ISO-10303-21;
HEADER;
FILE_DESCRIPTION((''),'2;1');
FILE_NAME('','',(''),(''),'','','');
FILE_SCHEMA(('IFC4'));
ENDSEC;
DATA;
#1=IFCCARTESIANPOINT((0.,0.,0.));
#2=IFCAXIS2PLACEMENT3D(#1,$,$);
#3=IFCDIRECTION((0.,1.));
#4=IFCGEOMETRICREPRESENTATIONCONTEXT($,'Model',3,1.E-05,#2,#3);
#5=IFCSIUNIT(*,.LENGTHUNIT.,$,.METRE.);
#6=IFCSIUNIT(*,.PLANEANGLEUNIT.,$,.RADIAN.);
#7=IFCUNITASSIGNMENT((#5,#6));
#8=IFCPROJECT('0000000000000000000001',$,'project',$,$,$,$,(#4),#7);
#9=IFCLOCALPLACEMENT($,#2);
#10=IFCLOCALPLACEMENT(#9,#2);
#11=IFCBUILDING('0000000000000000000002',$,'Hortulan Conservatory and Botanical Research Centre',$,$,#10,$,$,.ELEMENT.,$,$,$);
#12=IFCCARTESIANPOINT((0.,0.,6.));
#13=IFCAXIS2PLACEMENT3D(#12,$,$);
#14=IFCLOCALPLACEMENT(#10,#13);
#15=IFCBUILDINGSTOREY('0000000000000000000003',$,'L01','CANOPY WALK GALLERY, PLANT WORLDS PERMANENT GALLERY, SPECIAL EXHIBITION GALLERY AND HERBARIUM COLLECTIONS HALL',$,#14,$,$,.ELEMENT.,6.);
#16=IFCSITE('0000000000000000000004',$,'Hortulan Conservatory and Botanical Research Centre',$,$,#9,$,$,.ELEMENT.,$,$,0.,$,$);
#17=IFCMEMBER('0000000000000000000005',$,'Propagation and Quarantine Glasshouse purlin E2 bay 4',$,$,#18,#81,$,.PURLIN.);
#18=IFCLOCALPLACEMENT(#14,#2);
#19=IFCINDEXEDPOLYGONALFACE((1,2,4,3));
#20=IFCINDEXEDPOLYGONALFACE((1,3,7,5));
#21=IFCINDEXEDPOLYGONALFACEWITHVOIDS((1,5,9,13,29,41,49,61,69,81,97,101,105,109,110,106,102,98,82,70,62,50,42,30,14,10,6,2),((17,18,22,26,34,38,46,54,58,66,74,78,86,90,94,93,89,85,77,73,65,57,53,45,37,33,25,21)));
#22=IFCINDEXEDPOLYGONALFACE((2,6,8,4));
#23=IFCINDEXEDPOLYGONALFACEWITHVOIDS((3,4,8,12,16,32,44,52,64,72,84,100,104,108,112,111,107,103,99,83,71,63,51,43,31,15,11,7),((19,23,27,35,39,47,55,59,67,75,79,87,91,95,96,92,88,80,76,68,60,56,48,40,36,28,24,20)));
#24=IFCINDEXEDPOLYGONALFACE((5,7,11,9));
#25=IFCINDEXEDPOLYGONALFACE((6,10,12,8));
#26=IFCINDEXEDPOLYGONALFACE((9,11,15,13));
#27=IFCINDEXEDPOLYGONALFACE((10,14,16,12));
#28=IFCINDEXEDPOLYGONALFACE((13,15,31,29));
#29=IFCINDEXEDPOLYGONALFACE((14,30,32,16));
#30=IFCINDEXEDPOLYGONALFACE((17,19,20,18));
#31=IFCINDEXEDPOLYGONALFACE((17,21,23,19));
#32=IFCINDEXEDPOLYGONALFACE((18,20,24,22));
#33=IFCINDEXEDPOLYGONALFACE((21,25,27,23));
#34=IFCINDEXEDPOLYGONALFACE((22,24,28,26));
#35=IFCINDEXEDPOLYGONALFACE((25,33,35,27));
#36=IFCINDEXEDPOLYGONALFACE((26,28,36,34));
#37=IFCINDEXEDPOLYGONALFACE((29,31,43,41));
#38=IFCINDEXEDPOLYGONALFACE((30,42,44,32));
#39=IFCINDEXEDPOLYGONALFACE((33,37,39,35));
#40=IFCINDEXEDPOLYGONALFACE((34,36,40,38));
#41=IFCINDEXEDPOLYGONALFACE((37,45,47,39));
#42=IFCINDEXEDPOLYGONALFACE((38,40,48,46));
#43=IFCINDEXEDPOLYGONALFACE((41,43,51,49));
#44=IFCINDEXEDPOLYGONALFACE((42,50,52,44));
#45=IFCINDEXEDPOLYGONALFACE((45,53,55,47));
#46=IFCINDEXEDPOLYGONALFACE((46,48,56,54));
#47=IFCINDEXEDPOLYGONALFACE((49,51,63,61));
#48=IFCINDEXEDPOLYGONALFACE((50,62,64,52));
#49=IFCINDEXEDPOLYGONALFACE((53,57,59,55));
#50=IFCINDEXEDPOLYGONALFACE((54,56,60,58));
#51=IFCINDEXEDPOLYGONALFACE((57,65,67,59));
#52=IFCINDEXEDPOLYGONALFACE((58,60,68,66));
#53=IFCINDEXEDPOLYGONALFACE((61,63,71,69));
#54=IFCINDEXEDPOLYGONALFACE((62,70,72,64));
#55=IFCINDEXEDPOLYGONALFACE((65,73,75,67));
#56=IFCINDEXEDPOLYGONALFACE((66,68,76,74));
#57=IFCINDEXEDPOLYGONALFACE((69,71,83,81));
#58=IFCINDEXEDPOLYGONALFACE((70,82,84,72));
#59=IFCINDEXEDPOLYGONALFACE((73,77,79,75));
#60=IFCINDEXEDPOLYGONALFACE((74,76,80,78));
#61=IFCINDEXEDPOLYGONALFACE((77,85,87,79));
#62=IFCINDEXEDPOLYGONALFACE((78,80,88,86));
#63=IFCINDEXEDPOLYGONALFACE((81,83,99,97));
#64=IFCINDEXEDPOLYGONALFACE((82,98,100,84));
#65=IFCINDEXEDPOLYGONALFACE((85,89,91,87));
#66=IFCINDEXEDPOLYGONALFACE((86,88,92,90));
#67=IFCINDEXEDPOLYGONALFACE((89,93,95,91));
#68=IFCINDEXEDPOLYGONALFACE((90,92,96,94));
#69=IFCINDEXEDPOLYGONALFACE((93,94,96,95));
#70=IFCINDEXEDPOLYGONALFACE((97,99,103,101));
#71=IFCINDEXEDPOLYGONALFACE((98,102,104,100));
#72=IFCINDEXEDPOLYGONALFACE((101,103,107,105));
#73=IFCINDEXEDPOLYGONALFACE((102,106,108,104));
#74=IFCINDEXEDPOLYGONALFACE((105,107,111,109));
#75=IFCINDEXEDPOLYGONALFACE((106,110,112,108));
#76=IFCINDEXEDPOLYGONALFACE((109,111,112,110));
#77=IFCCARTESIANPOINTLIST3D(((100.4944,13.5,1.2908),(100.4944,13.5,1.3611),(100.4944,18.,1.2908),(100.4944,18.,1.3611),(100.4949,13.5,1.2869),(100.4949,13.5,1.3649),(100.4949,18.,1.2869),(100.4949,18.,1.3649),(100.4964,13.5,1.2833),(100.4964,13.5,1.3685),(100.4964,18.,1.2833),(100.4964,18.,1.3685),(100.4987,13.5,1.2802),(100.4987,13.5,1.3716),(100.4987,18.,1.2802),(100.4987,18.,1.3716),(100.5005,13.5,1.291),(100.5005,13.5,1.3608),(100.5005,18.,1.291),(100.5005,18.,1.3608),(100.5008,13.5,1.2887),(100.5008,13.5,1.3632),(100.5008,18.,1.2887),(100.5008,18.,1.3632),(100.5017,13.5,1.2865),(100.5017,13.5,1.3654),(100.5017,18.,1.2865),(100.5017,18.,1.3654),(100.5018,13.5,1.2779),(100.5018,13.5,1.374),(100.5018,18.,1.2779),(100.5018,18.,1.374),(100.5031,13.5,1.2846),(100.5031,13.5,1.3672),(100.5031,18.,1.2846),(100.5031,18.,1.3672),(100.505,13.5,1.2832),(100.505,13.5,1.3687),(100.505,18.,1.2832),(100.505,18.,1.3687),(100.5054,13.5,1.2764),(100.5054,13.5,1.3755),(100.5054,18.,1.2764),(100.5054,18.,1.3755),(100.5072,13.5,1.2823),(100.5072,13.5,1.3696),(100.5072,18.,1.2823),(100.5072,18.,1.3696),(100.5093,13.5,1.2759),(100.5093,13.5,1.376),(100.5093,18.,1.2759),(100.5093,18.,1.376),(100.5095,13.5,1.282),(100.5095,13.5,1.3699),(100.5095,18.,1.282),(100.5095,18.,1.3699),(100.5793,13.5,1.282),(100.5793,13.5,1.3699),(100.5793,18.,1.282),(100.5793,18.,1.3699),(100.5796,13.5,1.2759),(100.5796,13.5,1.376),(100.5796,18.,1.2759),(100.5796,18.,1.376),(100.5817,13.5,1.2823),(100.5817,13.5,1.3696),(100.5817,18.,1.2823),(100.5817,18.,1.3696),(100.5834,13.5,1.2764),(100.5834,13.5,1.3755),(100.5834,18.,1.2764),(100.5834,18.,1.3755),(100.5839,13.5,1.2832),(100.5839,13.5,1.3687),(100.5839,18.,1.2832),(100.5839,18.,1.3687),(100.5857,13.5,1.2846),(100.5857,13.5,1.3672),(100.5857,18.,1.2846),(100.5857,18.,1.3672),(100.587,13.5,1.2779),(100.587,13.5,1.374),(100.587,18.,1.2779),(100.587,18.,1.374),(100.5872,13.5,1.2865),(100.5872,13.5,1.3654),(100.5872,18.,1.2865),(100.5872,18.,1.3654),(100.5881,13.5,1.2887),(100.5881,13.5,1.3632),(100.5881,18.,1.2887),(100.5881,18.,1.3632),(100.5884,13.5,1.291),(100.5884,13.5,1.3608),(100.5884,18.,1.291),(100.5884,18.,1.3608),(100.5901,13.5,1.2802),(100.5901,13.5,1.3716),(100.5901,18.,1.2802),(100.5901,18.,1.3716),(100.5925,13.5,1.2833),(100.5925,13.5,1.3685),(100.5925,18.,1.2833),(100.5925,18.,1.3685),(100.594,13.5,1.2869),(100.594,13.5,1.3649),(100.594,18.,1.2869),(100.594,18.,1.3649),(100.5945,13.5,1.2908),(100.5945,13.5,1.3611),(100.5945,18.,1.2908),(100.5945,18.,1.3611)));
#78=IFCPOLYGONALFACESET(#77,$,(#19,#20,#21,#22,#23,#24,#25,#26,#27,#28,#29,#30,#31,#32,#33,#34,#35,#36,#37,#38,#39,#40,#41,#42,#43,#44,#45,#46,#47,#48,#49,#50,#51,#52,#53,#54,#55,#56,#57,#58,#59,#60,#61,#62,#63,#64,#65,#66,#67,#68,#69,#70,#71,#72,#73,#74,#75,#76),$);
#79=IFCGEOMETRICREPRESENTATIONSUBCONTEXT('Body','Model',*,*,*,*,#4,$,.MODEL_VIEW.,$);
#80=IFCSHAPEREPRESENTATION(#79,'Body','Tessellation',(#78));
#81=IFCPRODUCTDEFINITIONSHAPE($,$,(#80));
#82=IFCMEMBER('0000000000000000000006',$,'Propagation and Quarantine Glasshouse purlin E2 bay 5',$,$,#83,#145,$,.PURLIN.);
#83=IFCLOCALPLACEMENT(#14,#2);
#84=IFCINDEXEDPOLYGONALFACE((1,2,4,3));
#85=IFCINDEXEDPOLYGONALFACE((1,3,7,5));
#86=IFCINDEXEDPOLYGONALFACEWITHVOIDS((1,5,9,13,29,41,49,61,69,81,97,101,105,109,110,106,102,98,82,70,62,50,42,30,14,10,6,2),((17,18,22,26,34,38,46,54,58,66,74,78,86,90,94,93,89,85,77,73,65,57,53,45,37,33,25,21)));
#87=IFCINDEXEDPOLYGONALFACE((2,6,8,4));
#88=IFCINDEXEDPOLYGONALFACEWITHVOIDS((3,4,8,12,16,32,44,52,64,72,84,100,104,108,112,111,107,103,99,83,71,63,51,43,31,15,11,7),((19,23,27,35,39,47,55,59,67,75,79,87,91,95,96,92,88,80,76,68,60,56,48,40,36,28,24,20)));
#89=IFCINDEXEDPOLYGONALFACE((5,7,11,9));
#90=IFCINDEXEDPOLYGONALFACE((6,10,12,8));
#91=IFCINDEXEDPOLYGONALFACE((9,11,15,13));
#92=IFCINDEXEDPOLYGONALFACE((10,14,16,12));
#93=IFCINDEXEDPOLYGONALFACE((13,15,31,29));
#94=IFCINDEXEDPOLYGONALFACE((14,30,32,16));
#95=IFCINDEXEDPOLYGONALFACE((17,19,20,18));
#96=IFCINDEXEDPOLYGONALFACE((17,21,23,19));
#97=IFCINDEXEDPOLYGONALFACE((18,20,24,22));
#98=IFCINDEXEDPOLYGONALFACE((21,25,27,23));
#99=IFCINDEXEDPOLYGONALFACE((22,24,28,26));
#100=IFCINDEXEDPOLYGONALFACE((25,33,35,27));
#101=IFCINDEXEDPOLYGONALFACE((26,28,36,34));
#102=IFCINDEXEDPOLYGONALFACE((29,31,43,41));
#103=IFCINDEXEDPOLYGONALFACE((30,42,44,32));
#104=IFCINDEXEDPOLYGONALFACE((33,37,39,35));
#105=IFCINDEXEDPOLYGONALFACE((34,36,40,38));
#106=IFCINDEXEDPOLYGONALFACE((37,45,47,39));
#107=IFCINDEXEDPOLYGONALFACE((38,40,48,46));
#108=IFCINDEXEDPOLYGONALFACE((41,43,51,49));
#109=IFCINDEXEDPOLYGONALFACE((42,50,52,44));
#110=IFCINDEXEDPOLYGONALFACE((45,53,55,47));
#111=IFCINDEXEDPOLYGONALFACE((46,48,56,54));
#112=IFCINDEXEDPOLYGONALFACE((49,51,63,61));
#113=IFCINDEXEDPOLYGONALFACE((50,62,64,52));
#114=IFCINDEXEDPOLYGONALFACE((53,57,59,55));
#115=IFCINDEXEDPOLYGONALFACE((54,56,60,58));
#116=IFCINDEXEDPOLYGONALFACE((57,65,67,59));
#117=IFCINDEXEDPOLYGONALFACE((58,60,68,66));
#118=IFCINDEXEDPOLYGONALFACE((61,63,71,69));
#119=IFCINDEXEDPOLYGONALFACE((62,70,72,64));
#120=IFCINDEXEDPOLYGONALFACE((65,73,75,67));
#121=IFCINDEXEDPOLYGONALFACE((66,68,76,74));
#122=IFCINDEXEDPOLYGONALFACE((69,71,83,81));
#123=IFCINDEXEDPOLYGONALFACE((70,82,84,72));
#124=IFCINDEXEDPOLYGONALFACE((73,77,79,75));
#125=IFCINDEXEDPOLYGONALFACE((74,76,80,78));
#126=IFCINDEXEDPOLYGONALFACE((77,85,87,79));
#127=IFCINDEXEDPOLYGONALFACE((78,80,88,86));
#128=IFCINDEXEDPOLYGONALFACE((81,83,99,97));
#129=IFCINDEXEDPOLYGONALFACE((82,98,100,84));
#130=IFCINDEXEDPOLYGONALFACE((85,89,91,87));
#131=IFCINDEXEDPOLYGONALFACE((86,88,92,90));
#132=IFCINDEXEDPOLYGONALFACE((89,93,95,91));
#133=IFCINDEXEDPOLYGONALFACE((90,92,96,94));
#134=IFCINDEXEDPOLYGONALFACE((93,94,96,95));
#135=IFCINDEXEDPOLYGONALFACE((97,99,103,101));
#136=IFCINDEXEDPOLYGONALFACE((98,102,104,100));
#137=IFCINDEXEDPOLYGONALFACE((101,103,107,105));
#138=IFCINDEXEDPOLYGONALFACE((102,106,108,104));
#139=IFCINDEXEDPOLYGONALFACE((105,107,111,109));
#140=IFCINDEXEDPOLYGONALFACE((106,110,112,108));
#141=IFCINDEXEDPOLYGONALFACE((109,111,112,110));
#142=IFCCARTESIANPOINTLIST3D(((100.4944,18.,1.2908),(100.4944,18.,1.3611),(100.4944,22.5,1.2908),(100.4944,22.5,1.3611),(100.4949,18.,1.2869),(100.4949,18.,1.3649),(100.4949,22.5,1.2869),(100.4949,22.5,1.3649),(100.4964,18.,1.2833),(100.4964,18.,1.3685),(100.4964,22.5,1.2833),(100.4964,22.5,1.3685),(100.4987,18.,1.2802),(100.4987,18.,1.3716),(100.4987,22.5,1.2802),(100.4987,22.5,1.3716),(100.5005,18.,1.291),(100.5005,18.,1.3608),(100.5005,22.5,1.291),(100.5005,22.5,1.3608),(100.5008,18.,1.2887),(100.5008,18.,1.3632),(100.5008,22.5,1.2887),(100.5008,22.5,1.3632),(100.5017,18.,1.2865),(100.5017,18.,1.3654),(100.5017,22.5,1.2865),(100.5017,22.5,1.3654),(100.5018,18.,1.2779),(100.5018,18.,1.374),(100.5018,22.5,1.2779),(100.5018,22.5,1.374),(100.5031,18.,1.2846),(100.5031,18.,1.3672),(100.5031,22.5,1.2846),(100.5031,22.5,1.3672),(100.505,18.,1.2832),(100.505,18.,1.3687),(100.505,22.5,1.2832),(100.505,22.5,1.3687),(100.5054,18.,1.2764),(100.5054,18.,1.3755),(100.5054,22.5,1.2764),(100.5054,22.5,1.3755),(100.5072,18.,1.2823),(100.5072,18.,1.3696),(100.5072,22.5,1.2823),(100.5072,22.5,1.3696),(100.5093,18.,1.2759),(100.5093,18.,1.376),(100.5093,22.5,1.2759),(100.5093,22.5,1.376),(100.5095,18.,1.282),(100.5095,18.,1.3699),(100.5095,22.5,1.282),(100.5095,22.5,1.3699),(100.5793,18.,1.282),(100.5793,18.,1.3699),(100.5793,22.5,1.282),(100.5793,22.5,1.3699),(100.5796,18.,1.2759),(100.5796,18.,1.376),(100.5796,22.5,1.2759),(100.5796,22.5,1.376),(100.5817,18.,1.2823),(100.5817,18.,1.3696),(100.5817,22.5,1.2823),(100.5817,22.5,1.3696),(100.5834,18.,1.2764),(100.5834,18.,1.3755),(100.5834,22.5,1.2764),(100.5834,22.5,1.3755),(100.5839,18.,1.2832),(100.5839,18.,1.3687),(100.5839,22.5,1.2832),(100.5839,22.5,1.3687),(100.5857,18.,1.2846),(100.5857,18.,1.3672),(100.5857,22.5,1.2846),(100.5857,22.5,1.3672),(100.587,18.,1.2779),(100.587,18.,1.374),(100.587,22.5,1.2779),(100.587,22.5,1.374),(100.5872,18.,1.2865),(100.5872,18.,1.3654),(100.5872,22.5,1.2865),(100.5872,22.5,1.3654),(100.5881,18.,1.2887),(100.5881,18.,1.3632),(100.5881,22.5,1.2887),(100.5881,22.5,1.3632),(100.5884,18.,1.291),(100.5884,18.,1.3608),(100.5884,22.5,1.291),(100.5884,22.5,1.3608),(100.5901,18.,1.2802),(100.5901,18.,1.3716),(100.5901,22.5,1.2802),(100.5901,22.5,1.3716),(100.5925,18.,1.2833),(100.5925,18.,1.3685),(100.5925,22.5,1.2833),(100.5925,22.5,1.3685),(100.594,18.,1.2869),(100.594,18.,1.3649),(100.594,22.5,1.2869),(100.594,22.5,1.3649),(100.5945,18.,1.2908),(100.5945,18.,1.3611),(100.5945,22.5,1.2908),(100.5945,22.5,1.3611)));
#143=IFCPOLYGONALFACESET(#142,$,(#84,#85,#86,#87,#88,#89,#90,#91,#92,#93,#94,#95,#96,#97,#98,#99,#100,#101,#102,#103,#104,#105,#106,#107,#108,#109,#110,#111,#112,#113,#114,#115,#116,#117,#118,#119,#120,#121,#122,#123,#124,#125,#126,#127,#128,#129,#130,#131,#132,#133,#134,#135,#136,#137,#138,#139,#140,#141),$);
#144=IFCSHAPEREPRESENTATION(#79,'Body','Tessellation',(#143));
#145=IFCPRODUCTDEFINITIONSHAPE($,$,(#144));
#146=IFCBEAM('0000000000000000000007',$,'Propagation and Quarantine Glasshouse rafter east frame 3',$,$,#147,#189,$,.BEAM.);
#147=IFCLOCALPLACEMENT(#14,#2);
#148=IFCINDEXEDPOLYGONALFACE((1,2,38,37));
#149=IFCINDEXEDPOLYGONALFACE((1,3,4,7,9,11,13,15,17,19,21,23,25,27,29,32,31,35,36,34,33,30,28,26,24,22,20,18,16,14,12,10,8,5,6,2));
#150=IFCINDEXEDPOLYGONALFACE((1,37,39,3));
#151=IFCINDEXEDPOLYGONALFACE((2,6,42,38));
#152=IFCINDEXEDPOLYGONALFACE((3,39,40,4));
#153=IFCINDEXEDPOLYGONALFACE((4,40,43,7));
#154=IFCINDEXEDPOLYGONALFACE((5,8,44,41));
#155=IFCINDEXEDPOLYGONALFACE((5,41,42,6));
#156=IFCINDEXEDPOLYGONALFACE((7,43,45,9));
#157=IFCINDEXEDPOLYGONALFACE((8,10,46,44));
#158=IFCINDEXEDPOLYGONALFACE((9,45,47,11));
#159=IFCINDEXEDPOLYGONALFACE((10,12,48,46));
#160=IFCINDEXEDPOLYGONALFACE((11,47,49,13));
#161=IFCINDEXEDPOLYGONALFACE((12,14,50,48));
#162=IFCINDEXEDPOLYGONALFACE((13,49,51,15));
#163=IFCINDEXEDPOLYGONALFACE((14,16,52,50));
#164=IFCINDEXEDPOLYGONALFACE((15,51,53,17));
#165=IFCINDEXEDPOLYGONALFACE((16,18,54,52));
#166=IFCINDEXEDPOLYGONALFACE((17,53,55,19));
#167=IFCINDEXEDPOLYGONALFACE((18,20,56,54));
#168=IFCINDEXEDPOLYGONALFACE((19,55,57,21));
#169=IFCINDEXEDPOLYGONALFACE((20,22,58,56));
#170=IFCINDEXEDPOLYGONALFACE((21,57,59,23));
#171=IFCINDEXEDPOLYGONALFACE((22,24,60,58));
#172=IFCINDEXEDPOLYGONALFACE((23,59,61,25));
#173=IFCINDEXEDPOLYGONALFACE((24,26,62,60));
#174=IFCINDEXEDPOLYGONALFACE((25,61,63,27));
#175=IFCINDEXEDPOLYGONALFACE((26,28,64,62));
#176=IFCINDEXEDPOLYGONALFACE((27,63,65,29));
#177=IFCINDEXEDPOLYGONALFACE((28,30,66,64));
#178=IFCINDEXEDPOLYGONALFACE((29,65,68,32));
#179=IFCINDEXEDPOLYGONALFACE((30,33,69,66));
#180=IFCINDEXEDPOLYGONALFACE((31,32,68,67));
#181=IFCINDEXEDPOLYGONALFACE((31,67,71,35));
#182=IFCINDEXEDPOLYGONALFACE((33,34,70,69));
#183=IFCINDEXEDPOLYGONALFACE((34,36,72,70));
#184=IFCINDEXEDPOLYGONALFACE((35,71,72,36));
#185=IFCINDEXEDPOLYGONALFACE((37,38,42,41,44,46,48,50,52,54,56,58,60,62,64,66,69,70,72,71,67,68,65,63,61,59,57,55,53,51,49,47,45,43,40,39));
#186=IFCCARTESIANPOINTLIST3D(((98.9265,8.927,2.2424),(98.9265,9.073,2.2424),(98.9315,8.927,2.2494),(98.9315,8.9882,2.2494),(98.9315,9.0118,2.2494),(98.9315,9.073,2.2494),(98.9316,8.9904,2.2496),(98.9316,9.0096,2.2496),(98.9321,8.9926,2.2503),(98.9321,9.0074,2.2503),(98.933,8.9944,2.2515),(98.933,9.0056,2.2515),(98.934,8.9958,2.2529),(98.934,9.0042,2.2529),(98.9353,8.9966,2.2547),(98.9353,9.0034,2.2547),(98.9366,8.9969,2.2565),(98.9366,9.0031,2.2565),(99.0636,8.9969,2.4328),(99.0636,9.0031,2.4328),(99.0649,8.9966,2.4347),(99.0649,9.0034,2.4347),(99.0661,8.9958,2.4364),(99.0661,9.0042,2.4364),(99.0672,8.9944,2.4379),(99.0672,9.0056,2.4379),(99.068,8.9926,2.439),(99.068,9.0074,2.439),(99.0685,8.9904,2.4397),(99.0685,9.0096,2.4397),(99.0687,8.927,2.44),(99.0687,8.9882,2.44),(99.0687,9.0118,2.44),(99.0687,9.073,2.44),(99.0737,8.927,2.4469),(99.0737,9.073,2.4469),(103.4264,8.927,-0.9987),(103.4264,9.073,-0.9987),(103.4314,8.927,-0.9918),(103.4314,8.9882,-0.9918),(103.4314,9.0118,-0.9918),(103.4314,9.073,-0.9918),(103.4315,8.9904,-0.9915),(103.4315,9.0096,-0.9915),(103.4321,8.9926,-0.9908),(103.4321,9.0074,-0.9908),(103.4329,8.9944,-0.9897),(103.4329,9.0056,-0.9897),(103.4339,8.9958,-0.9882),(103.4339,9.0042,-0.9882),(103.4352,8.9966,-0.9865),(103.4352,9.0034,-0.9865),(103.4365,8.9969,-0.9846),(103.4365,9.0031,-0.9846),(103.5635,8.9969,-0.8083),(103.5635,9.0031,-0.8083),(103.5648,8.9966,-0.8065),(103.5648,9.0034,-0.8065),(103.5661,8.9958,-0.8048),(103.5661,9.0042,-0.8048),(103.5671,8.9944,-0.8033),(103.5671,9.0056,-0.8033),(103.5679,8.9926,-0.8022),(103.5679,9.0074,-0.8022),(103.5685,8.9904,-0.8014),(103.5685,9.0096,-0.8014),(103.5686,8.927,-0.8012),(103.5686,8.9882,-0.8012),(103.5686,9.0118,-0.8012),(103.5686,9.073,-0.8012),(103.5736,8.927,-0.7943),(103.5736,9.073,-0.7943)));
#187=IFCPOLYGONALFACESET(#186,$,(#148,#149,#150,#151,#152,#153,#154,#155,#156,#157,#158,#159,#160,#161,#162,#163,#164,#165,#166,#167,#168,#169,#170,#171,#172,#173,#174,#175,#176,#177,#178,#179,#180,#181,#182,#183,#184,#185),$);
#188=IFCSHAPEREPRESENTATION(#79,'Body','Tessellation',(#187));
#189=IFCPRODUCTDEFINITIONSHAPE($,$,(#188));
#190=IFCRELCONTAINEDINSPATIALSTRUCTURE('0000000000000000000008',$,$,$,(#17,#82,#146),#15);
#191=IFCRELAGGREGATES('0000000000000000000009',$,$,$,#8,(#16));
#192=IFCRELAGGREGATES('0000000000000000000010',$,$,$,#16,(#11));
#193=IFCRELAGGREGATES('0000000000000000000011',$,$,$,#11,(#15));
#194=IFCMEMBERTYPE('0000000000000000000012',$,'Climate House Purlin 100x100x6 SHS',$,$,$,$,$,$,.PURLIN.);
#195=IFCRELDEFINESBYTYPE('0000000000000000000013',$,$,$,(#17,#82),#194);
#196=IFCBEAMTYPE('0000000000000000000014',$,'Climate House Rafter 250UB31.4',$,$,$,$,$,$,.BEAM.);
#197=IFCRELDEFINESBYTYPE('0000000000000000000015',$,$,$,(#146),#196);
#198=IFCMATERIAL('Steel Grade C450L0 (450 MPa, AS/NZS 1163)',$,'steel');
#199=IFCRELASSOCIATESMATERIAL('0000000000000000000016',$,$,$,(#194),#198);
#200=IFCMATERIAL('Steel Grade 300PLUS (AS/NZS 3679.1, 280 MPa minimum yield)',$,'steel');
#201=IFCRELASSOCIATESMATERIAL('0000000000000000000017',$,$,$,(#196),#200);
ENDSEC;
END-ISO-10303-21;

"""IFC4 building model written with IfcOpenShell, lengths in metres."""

from ifc_helpers import new_model, si_unit, direction, frame, origin, origin_2d, place, context, subcontext, project, spatial, hollow_rectangle, i_section, extrude, material, material_profile, profile_set, type_object, element, save


model = new_model("IFC4")

# Units and contexts
model_context = context("Model", 3, precision=1e-05, world=origin(), true_north=direction((0.0, 1.0)))
body_context = subcontext(model_context, "Body", "Model", "MODEL_VIEW")
ifc_project = project(units=[si_unit("LENGTHUNIT", "METRE"), si_unit("PLANEANGLEUNIT", "RADIAN")], contexts=[model_context])

# Site, building, storey
site_placement = place(None, origin())
site = spatial("IfcSite", under=ifc_project, at=site_placement, Name="Hortulan Conservatory and Botanical Research Centre", CompositionType="ELEMENT", RefElevation=0.0)
building_placement = place(site_placement, origin())
building = spatial("IfcBuilding", under=site, at=building_placement, Name="Hortulan Conservatory and Botanical Research Centre", CompositionType="ELEMENT")
storey_placement = place(building_placement, frame((0.0, 0.0, 6.0)))
storey = spatial("IfcBuildingStorey", under=building, at=storey_placement, Name="L01", Description="CANOPY WALK GALLERY, PLANT WORLDS PERMANENT GALLERY, SPECIAL EXHIBITION GALLERY AND HERBARIUM COLLECTIONS HALL", CompositionType="ELEMENT", Elevation=6.0)

# Members
ifc_material_1 = material(Name="Steel Grade C450L0 (450 MPa, AS/NZS 1163)", Category="steel")
ifc_material_profile_1 = material_profile(ifc_material_1, hollow_rectangle(XDim=0.1001, YDim=0.1001, WallThickness=0.0061, InnerFilletRadius=0.009, OuterFilletRadius=0.0149, at=origin_2d()), Name="100x100x6SHS")
ifc_profile_set_1 = profile_set([ifc_material_profile_1], Name="Steel Grade C450L0 (450 MPa, AS/NZS 1163)")
member_type_1 = type_object("IfcMemberType", Name="Climate House Purlin 100x100x6 SHS", PredefinedType="PURLIN", material=ifc_profile_set_1)
for number, where, z_axis, x_axis, name in (
    (1, (100.5444, 13.5, 1.3259), (0.0, 1.0, 0.0), (-1.0, 0.0, 0.0), "Propagation and Quarantine Glasshouse purlin E2 bay 4"),
    (2, (100.5444, 18.0, 1.3259), (0.0, 1.0, 0.0), (-1.0, 0.0, 0.0), "Propagation and Quarantine Glasshouse purlin E2 bay 5"),
):
    element("IfcMember", number, at=place(storey_placement, frame(where, z_axis=z_axis, x_axis=x_axis)), inside=storey, type_object=member_type_1, Name=name, PredefinedType="PURLIN", context=body_context, shape_type="SweptSolid", body=[
        extrude(hollow_rectangle(XDim=0.1001, YDim=0.1001, WallThickness=0.0061, InnerFilletRadius=0.009, OuterFilletRadius=0.0149, at=origin_2d()), origin(), (0.0, 0.0, 1.0), 4.5),
    ])

# Beam
ifc_material_2 = material(Name="Steel Grade 300PLUS (AS/NZS 3679.1, 280 MPa minimum yield)", Category="steel")
ifc_material_profile_2 = material_profile(ifc_material_2, i_section(OverallWidth=0.146, OverallDepth=0.252, WebThickness=0.0061, FlangeThickness=0.0085, FilletRadius=0.0088, at=origin_2d()), Name="250UB31.4")
ifc_profile_set_2 = profile_set([ifc_material_profile_2], Name="Steel Grade 300PLUS (AS/NZS 3679.1, 280 MPa minimum yield)")
beam_type = type_object("IfcBeamType", Name="Climate House Rafter 250UB31.4", PredefinedType="BEAM", material=ifc_profile_set_2)
for number, where, z_axis, x_axis, name in (
    (3, (103.5, 9.0, -0.8965), (-0.811431, 0.0, 0.584449), (0.0, -1.0, 0.0), "Propagation and Quarantine Glasshouse rafter east frame 3"),
):
    element("IfcBeam", number, at=place(storey_placement, frame(where, z_axis=z_axis, x_axis=x_axis)), inside=storey, type_object=beam_type, Name=name, PredefinedType="BEAM", context=body_context, shape_type="SweptSolid", body=[
        extrude(i_section(OverallWidth=0.146, OverallDepth=0.252, WebThickness=0.0061, FlangeThickness=0.0085, FilletRadius=0.0088, at=origin_2d()), origin(), (0.0, 0.0, 1.0), 5.5457),
    ])

save(model, "model.ifc")
